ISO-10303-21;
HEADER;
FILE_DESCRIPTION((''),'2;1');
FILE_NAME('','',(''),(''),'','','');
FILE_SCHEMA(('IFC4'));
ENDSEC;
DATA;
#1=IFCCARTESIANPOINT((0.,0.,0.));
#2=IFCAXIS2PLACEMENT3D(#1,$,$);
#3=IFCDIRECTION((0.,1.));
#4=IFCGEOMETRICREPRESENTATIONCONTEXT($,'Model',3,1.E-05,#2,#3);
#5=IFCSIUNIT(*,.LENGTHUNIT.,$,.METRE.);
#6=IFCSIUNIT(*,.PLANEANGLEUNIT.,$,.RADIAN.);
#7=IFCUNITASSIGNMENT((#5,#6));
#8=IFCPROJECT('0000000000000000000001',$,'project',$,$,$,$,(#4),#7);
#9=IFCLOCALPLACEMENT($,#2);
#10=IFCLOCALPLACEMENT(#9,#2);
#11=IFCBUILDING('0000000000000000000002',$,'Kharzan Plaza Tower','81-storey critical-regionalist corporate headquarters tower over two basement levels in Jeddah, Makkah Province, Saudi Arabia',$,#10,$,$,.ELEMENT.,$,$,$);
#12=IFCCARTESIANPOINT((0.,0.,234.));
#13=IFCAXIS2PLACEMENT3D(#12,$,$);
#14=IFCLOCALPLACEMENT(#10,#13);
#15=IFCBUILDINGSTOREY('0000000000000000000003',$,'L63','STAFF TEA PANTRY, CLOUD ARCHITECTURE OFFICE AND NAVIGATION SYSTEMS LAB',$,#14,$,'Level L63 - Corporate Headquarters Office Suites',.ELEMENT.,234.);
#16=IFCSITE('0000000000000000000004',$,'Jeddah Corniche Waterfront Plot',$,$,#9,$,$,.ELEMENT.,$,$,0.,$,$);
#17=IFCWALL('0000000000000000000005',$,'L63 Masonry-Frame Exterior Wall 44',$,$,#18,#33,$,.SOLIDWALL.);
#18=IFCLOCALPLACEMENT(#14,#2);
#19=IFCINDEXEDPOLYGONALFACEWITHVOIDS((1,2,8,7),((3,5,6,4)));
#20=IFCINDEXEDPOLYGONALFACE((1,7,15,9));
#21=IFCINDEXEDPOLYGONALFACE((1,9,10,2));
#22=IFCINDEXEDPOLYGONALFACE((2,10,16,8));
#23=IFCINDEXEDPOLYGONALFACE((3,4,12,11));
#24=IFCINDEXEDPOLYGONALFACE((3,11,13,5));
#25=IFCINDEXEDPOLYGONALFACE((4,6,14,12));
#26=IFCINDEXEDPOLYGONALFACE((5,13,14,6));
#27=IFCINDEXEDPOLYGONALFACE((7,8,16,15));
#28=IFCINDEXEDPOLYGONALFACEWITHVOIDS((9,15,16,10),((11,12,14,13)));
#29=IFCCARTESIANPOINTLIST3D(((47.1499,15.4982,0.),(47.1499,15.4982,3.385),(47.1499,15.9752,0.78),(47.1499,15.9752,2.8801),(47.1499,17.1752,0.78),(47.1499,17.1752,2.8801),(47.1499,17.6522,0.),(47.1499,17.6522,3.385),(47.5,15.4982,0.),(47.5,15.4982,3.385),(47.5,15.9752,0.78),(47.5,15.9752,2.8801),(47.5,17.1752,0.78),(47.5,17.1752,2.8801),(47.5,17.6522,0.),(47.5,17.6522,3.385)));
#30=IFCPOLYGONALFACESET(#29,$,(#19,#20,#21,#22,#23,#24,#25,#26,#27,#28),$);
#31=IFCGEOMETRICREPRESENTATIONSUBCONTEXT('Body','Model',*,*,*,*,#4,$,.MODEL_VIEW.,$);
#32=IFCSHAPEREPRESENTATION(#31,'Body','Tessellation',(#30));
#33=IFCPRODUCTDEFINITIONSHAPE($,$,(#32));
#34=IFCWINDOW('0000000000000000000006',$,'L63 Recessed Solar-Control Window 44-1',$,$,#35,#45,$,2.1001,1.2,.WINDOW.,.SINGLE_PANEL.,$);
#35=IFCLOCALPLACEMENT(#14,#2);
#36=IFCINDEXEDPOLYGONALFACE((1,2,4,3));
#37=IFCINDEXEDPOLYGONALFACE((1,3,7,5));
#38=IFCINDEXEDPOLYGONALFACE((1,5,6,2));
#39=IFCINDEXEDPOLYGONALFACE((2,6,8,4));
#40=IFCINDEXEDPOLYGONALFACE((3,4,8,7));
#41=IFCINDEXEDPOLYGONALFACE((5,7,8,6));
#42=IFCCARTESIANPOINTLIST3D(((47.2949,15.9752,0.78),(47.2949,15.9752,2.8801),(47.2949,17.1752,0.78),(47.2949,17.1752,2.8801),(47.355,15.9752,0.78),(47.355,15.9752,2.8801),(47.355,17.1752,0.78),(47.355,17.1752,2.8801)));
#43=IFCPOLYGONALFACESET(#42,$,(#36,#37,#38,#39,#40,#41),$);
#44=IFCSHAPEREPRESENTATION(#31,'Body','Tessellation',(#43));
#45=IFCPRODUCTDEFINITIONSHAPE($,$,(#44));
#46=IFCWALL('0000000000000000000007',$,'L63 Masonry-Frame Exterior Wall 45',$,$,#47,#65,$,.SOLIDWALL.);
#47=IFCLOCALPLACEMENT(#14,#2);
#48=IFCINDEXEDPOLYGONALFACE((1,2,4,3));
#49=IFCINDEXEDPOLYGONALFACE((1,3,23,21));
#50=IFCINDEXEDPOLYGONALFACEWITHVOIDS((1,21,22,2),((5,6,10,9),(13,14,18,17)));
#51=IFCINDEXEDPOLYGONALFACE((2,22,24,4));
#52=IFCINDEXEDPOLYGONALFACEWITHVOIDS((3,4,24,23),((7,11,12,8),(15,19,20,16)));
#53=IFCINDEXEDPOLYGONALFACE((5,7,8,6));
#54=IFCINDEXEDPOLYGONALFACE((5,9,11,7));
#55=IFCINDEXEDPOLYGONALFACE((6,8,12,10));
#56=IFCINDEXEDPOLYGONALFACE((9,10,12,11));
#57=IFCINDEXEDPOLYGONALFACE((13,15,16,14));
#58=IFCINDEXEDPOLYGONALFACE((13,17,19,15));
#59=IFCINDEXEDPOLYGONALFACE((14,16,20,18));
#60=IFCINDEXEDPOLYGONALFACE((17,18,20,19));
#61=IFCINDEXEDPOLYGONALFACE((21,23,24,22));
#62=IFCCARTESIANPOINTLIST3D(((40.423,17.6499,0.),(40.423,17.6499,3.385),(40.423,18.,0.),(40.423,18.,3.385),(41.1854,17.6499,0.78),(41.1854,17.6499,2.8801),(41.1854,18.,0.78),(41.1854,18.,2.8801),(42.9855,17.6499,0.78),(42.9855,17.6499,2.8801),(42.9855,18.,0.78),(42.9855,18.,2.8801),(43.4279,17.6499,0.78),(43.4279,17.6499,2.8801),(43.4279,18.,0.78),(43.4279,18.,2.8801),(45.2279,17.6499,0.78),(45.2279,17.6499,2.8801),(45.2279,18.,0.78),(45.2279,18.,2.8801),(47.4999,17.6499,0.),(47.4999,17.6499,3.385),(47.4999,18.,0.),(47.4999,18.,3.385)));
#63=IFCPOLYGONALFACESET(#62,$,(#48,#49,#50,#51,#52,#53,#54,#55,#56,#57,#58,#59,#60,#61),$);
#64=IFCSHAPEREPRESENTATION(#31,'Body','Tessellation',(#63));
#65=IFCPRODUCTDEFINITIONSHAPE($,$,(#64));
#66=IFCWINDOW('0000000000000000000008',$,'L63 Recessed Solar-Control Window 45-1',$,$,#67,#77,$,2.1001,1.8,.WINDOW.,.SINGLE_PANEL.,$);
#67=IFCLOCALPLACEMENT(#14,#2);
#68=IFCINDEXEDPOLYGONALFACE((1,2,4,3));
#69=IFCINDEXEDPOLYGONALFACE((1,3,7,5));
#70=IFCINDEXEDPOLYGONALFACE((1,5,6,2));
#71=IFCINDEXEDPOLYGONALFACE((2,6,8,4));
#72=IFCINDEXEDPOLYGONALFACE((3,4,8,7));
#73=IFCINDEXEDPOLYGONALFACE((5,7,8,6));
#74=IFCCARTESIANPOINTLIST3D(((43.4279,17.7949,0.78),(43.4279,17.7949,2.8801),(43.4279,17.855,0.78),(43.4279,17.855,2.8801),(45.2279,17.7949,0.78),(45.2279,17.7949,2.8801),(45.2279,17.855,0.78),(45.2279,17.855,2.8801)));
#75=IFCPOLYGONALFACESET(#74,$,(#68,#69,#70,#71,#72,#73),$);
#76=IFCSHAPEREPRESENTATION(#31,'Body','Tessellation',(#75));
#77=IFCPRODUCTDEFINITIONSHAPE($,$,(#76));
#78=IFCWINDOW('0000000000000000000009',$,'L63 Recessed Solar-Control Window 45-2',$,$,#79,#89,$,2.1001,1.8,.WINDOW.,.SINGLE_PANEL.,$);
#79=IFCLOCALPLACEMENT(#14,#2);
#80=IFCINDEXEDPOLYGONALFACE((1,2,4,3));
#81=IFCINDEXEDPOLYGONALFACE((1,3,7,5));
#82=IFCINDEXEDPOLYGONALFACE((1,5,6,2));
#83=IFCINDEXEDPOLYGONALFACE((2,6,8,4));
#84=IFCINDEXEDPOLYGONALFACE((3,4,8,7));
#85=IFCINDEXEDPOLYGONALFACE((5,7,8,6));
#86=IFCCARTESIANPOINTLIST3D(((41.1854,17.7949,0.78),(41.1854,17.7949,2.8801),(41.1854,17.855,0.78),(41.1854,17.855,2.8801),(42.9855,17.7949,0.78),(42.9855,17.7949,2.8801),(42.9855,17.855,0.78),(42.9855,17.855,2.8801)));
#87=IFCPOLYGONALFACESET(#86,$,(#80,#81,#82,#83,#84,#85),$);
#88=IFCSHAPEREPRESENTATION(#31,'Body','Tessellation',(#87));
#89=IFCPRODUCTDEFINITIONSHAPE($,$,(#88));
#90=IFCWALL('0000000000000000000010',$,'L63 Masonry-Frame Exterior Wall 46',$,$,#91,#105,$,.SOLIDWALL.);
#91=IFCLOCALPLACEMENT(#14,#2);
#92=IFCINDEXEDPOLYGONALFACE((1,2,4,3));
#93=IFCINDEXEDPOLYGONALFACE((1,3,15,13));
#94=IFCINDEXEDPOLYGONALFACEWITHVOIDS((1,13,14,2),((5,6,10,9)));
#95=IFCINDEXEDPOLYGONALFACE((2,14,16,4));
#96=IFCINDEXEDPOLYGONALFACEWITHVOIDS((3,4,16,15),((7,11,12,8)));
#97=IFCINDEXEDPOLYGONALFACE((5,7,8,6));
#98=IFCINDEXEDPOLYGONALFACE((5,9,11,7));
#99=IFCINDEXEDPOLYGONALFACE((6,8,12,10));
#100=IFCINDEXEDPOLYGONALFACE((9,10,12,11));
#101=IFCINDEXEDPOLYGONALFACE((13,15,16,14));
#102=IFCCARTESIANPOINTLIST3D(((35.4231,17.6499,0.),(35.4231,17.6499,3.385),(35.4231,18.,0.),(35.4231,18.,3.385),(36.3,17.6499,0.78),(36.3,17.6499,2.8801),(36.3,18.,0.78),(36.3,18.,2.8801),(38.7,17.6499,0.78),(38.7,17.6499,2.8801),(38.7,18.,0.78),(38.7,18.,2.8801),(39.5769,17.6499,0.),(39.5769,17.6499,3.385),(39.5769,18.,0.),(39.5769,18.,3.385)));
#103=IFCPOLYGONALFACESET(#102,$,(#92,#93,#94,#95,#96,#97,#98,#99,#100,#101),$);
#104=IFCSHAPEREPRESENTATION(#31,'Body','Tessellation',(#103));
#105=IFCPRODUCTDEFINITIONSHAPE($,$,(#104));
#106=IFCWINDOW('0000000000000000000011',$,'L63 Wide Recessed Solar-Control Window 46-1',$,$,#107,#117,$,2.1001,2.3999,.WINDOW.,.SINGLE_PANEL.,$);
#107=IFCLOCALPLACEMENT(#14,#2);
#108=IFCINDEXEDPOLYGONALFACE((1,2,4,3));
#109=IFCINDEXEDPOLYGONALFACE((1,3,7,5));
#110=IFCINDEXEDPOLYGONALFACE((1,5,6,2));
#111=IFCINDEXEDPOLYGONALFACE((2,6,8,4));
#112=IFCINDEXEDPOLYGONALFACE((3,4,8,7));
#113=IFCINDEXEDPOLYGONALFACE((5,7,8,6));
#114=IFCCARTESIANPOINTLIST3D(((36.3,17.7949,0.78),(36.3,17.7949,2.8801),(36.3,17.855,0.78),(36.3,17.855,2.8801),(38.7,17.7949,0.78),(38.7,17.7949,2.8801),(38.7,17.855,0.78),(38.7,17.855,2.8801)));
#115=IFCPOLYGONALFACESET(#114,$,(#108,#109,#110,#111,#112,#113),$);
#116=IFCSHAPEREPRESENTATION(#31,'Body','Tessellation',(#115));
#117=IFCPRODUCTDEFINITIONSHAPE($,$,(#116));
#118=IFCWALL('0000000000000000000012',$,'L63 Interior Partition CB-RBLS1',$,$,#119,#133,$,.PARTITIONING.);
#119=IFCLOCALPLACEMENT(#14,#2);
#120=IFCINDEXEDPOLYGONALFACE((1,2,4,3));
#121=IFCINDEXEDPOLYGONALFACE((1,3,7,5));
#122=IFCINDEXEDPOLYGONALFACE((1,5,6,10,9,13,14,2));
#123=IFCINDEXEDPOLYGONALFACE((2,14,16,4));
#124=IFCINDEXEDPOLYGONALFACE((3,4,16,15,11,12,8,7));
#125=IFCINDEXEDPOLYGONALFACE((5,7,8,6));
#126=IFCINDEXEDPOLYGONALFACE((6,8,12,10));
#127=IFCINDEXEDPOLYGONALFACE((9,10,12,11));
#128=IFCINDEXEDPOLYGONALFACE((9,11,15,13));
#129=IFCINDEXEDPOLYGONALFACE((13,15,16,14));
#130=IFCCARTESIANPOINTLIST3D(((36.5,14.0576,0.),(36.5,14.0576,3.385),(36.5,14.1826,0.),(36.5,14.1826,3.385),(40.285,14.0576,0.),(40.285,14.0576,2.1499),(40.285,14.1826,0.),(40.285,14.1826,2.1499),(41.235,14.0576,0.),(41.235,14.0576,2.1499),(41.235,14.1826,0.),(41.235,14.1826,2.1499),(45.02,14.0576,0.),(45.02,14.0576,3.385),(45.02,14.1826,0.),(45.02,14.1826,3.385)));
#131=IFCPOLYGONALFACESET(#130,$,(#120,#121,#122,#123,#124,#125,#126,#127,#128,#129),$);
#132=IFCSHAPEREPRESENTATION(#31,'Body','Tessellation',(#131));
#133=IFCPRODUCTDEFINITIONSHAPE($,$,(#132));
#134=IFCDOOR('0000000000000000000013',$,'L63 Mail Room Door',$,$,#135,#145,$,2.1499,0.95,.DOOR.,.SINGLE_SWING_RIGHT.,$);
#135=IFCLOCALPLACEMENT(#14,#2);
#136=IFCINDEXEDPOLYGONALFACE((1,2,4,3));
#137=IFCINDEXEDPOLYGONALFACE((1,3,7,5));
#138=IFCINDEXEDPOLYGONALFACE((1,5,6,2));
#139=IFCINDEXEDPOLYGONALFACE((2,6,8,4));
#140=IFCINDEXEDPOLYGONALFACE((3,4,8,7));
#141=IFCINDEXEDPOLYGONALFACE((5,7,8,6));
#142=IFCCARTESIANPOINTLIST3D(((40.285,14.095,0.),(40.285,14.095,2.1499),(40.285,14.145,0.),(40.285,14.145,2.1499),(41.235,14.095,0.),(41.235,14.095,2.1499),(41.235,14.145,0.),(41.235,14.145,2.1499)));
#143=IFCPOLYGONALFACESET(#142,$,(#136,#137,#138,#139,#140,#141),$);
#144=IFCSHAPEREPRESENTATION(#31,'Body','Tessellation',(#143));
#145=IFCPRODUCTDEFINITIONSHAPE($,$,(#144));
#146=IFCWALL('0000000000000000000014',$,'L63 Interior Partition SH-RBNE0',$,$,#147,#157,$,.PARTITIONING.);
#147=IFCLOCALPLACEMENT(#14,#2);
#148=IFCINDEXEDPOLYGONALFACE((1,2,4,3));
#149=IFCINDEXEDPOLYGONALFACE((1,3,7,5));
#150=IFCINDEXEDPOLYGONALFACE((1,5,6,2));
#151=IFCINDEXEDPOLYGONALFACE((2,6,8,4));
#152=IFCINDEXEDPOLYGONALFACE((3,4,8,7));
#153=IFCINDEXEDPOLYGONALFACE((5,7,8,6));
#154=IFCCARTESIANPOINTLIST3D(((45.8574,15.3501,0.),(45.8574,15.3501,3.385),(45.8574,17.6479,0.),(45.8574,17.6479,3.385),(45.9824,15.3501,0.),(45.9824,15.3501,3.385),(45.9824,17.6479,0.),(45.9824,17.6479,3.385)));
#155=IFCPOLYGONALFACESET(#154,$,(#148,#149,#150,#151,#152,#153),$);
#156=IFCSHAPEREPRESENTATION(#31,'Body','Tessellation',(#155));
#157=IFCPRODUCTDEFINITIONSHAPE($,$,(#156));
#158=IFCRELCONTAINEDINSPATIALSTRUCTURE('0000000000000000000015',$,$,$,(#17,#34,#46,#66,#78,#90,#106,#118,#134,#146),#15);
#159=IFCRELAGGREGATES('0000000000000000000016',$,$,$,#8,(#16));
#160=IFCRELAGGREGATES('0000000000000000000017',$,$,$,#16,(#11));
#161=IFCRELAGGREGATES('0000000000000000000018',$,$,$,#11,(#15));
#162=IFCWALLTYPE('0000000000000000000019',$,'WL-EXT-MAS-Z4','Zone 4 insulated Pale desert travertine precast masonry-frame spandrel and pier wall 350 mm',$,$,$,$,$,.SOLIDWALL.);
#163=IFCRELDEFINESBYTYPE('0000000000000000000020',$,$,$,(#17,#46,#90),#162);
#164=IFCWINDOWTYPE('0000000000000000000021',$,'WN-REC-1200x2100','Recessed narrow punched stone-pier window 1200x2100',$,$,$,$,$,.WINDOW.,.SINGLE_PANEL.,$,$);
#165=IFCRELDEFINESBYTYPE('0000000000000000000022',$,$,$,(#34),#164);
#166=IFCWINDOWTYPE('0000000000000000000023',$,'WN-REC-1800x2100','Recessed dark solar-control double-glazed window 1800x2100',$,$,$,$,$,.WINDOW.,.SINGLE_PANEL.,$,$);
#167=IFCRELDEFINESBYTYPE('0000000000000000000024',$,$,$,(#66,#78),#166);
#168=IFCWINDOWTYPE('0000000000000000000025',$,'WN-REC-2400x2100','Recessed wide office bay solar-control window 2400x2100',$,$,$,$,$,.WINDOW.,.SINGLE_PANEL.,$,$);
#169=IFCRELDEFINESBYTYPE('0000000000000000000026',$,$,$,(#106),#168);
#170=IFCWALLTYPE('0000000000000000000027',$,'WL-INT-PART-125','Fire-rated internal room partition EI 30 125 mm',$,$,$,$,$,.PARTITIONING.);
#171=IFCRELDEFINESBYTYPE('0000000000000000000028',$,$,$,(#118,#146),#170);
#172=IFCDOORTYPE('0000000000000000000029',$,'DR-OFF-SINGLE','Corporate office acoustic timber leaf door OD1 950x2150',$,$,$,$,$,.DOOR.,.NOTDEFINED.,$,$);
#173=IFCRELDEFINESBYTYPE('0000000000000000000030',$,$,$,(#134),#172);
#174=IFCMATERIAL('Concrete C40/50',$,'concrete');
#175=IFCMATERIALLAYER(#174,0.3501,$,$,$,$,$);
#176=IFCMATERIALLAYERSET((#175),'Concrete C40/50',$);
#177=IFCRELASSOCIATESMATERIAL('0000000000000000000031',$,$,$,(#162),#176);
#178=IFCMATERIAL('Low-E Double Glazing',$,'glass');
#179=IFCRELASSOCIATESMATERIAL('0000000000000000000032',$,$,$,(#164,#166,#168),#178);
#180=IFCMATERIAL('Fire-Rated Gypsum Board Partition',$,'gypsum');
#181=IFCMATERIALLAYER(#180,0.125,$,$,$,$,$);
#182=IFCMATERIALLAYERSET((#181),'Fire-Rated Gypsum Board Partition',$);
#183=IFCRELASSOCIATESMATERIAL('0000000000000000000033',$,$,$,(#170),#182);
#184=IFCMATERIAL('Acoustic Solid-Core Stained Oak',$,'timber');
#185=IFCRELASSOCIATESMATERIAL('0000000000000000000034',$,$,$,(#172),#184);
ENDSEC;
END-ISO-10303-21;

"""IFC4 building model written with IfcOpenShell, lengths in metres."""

from ifc_helpers import new_model, si_unit, direction, frame, frame_2d, origin, place, context, subcontext, project, spatial, rectangle, extrude, source, transform, mapped, material, layer, layer_set, type_object, element, fill, save


model = new_model("IFC4")

# Units and contexts
model_context = context("Model", 3, precision=1e-05, world=origin(), true_north=direction((0.0, 1.0)))
body_context = subcontext(model_context, "Body", "Model", "MODEL_VIEW")
ifc_project = project(units=[si_unit("LENGTHUNIT", "METRE"), si_unit("PLANEANGLEUNIT", "RADIAN")], contexts=[model_context])

# Site, building, storey
site_placement = place(None, origin())
site = spatial("IfcSite", under=ifc_project, at=site_placement, Name="Jeddah Corniche Waterfront Plot", CompositionType="ELEMENT", RefElevation=0.0)
building_placement = place(site_placement, origin())
building = spatial("IfcBuilding", under=site, at=building_placement, Name="Kharzan Plaza Tower", Description="81-storey critical-regionalist corporate headquarters tower over two basement levels in Jeddah, Makkah Province, Saudi Arabia", CompositionType="ELEMENT")
storey_placement = place(building_placement, frame((0.0, 0.0, 234.0)))
storey = spatial("IfcBuildingStorey", under=building, at=storey_placement, Name="L63", Description="STAFF TEA PANTRY, CLOUD ARCHITECTURE OFFICE AND NAVIGATION SYSTEMS LAB", LongName="Level L63 - Corporate Headquarters Office Suites", CompositionType="ELEMENT", Elevation=234.0)

# Wall, opening, window
ifc_material_1 = material(Name="Concrete C40/50", Category="concrete")
ifc_layer_1 = layer(ifc_material_1, 0.3501)
ifc_layer_set_1 = layer_set([ifc_layer_1], Name="Concrete C40/50")
wall_type_1 = type_object("IfcWallType", Name="WL-EXT-MAS-Z4", Description="Zone 4 insulated Pale desert travertine precast masonry-frame spandrel and pier wall 350 mm", PredefinedType="SOLIDWALL", material=ifc_layer_set_1)
ifc_material_2 = material(Name="Low-E Double Glazing", Category="glass")
window_type_1 = type_object("IfcWindowType", Name="WN-REC-1200x2100", Description="Recessed narrow punched stone-pier window 1200x2100", PartitioningType="SINGLE_PANEL", PredefinedType="WINDOW", material=ifc_material_2)
shared_shape_1 = source(origin(), body_context, "Body", "SweptSolid", [
    extrude(rectangle(XDim=1.2, YDim=2.1001, at=frame_2d((0.6001, 1.05))), frame((0.0, 0.03, 0.0), z_axis=(0.0, -1.0, 0.0), x_axis=(1.0, 0.0, 0.0)), (0.0, 0.0, 1.0), 0.0601),
])
wall_1_placement = place(storey_placement, frame((47.325, 15.498, 0.0), z_axis=(0.0, 0.0, 1.0), x_axis=(0.0, 1.0, 0.0)))
wall_1 = element("IfcWall", 1, at=wall_1_placement, inside=storey, type_object=wall_type_1, Name="L63 Masonry-Frame Exterior Wall 44", PredefinedType="SOLIDWALL", context=body_context, shape_type="SweptSolid", body=[
    extrude(rectangle(XDim=2.1541, YDim=0.3501, at=frame_2d((1.0771, 0.0))), origin(), (0.0, 0.0, 1.0), 3.385),
])
opening_1_placement = place(wall_1_placement, frame((0.4771, 0.0, 0.78)))
opening_1 = element("IfcOpeningElement", 2, at=opening_1_placement, cuts=wall_1, PredefinedType="OPENING", context=body_context, shape_type="SweptSolid", body=[
    extrude(rectangle(XDim=1.2, YDim=2.1001, at=frame_2d((0.6001, 1.05))), frame((0.0, 0.1851, 0.0), z_axis=(0.0, -1.0, 0.0), x_axis=(1.0, 0.0, 0.0)), (0.0, 0.0, 1.0), 0.3701),
])
window_1_placement = place(opening_1_placement, origin())
window_1 = element("IfcWindow", 3, at=window_1_placement, inside=storey, type_object=window_type_1, Name="L63 Recessed Solar-Control Window 44-1", OverallHeight=2.1001, OverallWidth=1.2, PartitioningType="SINGLE_PANEL", PredefinedType="WINDOW", context=body_context, shape_type="MappedRepresentation", body=[
    mapped(shared_shape_1, transform((0.0, 0.0, 0.0), x_axis=(1.0, 0.0, 0.0), y_axis=(0.0, 1.0, 0.0), z_axis=(0.0, 0.0, 1.0))),
])
fill(opening_1, window_1)

# Wall, openings, windows
wall_2_placement = place(storey_placement, frame((47.5, 17.825, 0.0), z_axis=(0.0, 0.0, 1.0), x_axis=(-1.0, 0.0, 0.0)))
wall_2 = element("IfcWall", 4, at=wall_2_placement, inside=storey, type_object=wall_type_1, Name="L63 Masonry-Frame Exterior Wall 45", PredefinedType="SOLIDWALL", context=body_context, shape_type="SweptSolid", body=[
    extrude(rectangle(XDim=7.0769, YDim=0.3501, at=frame_2d((3.5386, 0.0))), origin(), (0.0, 0.0, 1.0), 3.385),
])
opening_2_placement = place(wall_2_placement, frame((2.2722, 0.0, 0.78)))
opening_2 = element("IfcOpeningElement", 5, at=opening_2_placement, cuts=wall_2, PredefinedType="OPENING", context=body_context, shape_type="SweptSolid", body=[
    extrude(rectangle(XDim=1.8, YDim=2.1001, at=frame_2d((0.8999, 1.05))), frame((0.0, 0.1851, 0.0), z_axis=(0.0, -1.0, 0.0), x_axis=(1.0, 0.0, 0.0)), (0.0, 0.0, 1.0), 0.3701),
])
opening_3_placement = place(wall_2_placement, frame((4.5146, 0.0, 0.78)))
opening_3 = element("IfcOpeningElement", 6, at=opening_3_placement, cuts=wall_2, PredefinedType="OPENING", context=body_context, shape_type="SweptSolid", body=[
    extrude(rectangle(XDim=1.8, YDim=2.1001, at=frame_2d((0.8999, 1.05))), frame((0.0, 0.1851, 0.0), z_axis=(0.0, -1.0, 0.0), x_axis=(1.0, 0.0, 0.0)), (0.0, 0.0, 1.0), 0.3701),
])
window_type_2 = type_object("IfcWindowType", Name="WN-REC-1800x2100", Description="Recessed dark solar-control double-glazed window 1800x2100", PartitioningType="SINGLE_PANEL", PredefinedType="WINDOW", material=ifc_material_2)
shared_shape_2 = source(origin(), body_context, "Body", "SweptSolid", [
    extrude(rectangle(XDim=1.8, YDim=2.1001, at=frame_2d((0.8999, 1.05))), frame((0.0, 0.03, 0.0), z_axis=(0.0, -1.0, 0.0), x_axis=(1.0, 0.0, 0.0)), (0.0, 0.0, 1.0), 0.0601),
])
window_2_placement = place(opening_2_placement, origin())
window_2 = element("IfcWindow", 7, at=window_2_placement, inside=storey, type_object=window_type_2, Name="L63 Recessed Solar-Control Window 45-1", OverallHeight=2.1001, OverallWidth=1.8, PartitioningType="SINGLE_PANEL", PredefinedType="WINDOW", context=body_context, shape_type="MappedRepresentation", body=[
    mapped(shared_shape_2, transform((0.0, 0.0, 0.0), x_axis=(1.0, 0.0, 0.0), y_axis=(0.0, 1.0, 0.0), z_axis=(0.0, 0.0, 1.0))),
])
fill(opening_2, window_2)
window_3_placement = place(opening_3_placement, origin())
window_3 = element("IfcWindow", 8, at=window_3_placement, inside=storey, type_object=window_type_2, Name="L63 Recessed Solar-Control Window 45-2", OverallHeight=2.1001, OverallWidth=1.8, PartitioningType="SINGLE_PANEL", PredefinedType="WINDOW", context=body_context, shape_type="MappedRepresentation", body=[
    mapped(shared_shape_2, transform((0.0, 0.0, 0.0), x_axis=(1.0, 0.0, 0.0), y_axis=(0.0, 1.0, 0.0), z_axis=(0.0, 0.0, 1.0))),
])
fill(opening_3, window_3)

# Wall, opening, window
wall_3_placement = place(storey_placement, frame((39.5769, 17.825, 0.0), z_axis=(0.0, 0.0, 1.0), x_axis=(-1.0, 0.0, 0.0)))
wall_3 = element("IfcWall", 9, at=wall_3_placement, inside=storey, type_object=wall_type_1, Name="L63 Masonry-Frame Exterior Wall 46", PredefinedType="SOLIDWALL", context=body_context, shape_type="SweptSolid", body=[
    extrude(rectangle(XDim=4.1538, YDim=0.3501, at=frame_2d((2.0769, 0.0))), origin(), (0.0, 0.0, 1.0), 3.385),
])
opening_4_placement = place(wall_3_placement, frame((0.877, 0.0, 0.78)))
opening_4 = element("IfcOpeningElement", 10, at=opening_4_placement, cuts=wall_3, PredefinedType="OPENING", context=body_context, shape_type="SweptSolid", body=[
    extrude(rectangle(XDim=2.3999, YDim=2.1001, at=frame_2d((1.2, 1.05))), frame((0.0, 0.1851, 0.0), z_axis=(0.0, -1.0, 0.0), x_axis=(1.0, 0.0, 0.0)), (0.0, 0.0, 1.0), 0.3701),
])
window_type_3 = type_object("IfcWindowType", Name="WN-REC-2400x2100", Description="Recessed wide office bay solar-control window 2400x2100", PartitioningType="SINGLE_PANEL", PredefinedType="WINDOW", material=ifc_material_2)
shared_shape_3 = source(origin(), body_context, "Body", "SweptSolid", [
    extrude(rectangle(XDim=2.3999, YDim=2.1001, at=frame_2d((1.2, 1.05))), frame((0.0, 0.03, 0.0), z_axis=(0.0, -1.0, 0.0), x_axis=(1.0, 0.0, 0.0)), (0.0, 0.0, 1.0), 0.0601),
])
window_4_placement = place(opening_4_placement, origin())
window_4 = element("IfcWindow", 11, at=window_4_placement, inside=storey, type_object=window_type_3, Name="L63 Wide Recessed Solar-Control Window 46-1", OverallHeight=2.1001, OverallWidth=2.3999, PartitioningType="SINGLE_PANEL", PredefinedType="WINDOW", context=body_context, shape_type="MappedRepresentation", body=[
    mapped(shared_shape_3, transform((0.0, 0.0, 0.0), x_axis=(1.0, 0.0, 0.0), y_axis=(0.0, 1.0, 0.0), z_axis=(0.0, 0.0, 1.0))),
])
fill(opening_4, window_4)

# Wall, opening, door
ifc_material_3 = material(Name="Fire-Rated Gypsum Board Partition", Category="gypsum")
ifc_layer_2 = layer(ifc_material_3, 0.125)
ifc_layer_set_2 = layer_set([ifc_layer_2], Name="Fire-Rated Gypsum Board Partition")
wall_type_2 = type_object("IfcWallType", Name="WL-INT-PART-125", Description="Fire-rated internal room partition EI 30 125 mm", PredefinedType="PARTITIONING", material=ifc_layer_set_2)
wall_4_placement = place(storey_placement, frame((36.5, 14.1201, 0.0), z_axis=(0.0, 0.0, 1.0), x_axis=(1.0, 0.0, 0.0)))
wall_4 = element("IfcWall", 12, at=wall_4_placement, inside=storey, type_object=wall_type_2, Name="L63 Interior Partition CB-RBLS1", PredefinedType="PARTITIONING", context=body_context, shape_type="SweptSolid", body=[
    extrude(rectangle(XDim=8.52, YDim=0.125, at=frame_2d((4.26, 0.0))), origin(), (0.0, 0.0, 1.0), 3.385),
])
opening_5_placement = place(wall_4_placement, frame((3.7849, 0.0, 0.0)))
opening_5 = element("IfcOpeningElement", 13, at=opening_5_placement, cuts=wall_4, PredefinedType="OPENING", context=body_context, shape_type="SweptSolid", body=[
    extrude(rectangle(XDim=0.95, YDim=2.1499, at=frame_2d((0.4751, 1.075))), frame((0.0, 0.0725, 0.0), z_axis=(0.0, -1.0, 0.0), x_axis=(1.0, 0.0, 0.0)), (0.0, 0.0, 1.0), 0.145),
])
ifc_material_4 = material(Name="Acoustic Solid-Core Stained Oak", Category="timber")
door_type = type_object("IfcDoorType", Name="DR-OFF-SINGLE", Description="Corporate office acoustic timber leaf door OD1 950x2150", OperationType="NOTDEFINED", PredefinedType="DOOR", material=ifc_material_4)
shared_shape_4 = source(origin(), body_context, "Body", "SweptSolid", [
    extrude(rectangle(XDim=0.95, YDim=2.1499, at=frame_2d((0.4751, 1.075))), frame((0.0, 0.0249, 0.0), z_axis=(0.0, -1.0, 0.0), x_axis=(1.0, 0.0, 0.0)), (0.0, 0.0, 1.0), 0.05),
])
door_placement = place(opening_5_placement, origin())
door = element("IfcDoor", 14, at=door_placement, inside=storey, type_object=door_type, Name="L63 Mail Room Door", OperationType="SINGLE_SWING_RIGHT", OverallHeight=2.1499, OverallWidth=0.95, PredefinedType="DOOR", context=body_context, shape_type="MappedRepresentation", body=[
    mapped(shared_shape_4, transform((0.0, 0.0, 0.0), x_axis=(1.0, 0.0, 0.0), y_axis=(0.0, 1.0, 0.0), z_axis=(0.0, 0.0, 1.0))),
])
fill(opening_5, door)

# Wall
shared_shape_5 = source(origin(), body_context, "Body", "SweptSolid", [
    extrude(rectangle(XDim=2.2979, YDim=0.125, at=frame_2d((1.1489, 0.0))), origin(), (0.0, 0.0, 1.0), 3.385),
])
wall_5_placement = place(storey_placement, frame((45.9199, 15.3501, 0.0), z_axis=(0.0, 0.0, 1.0), x_axis=(0.0, 1.0, 0.0)))
element("IfcWall", 15, at=wall_5_placement, inside=storey, type_object=wall_type_2, Name="L63 Interior Partition SH-RBNE0", PredefinedType="PARTITIONING", context=body_context, shape_type="MappedRepresentation", body=[
    mapped(shared_shape_5, transform((0.0, 0.0, 0.0), x_axis=(1.0, 0.0, 0.0), y_axis=(0.0, 1.0, 0.0), z_axis=(0.0, 0.0, 1.0))),
])

save(model, "model.ifc")
